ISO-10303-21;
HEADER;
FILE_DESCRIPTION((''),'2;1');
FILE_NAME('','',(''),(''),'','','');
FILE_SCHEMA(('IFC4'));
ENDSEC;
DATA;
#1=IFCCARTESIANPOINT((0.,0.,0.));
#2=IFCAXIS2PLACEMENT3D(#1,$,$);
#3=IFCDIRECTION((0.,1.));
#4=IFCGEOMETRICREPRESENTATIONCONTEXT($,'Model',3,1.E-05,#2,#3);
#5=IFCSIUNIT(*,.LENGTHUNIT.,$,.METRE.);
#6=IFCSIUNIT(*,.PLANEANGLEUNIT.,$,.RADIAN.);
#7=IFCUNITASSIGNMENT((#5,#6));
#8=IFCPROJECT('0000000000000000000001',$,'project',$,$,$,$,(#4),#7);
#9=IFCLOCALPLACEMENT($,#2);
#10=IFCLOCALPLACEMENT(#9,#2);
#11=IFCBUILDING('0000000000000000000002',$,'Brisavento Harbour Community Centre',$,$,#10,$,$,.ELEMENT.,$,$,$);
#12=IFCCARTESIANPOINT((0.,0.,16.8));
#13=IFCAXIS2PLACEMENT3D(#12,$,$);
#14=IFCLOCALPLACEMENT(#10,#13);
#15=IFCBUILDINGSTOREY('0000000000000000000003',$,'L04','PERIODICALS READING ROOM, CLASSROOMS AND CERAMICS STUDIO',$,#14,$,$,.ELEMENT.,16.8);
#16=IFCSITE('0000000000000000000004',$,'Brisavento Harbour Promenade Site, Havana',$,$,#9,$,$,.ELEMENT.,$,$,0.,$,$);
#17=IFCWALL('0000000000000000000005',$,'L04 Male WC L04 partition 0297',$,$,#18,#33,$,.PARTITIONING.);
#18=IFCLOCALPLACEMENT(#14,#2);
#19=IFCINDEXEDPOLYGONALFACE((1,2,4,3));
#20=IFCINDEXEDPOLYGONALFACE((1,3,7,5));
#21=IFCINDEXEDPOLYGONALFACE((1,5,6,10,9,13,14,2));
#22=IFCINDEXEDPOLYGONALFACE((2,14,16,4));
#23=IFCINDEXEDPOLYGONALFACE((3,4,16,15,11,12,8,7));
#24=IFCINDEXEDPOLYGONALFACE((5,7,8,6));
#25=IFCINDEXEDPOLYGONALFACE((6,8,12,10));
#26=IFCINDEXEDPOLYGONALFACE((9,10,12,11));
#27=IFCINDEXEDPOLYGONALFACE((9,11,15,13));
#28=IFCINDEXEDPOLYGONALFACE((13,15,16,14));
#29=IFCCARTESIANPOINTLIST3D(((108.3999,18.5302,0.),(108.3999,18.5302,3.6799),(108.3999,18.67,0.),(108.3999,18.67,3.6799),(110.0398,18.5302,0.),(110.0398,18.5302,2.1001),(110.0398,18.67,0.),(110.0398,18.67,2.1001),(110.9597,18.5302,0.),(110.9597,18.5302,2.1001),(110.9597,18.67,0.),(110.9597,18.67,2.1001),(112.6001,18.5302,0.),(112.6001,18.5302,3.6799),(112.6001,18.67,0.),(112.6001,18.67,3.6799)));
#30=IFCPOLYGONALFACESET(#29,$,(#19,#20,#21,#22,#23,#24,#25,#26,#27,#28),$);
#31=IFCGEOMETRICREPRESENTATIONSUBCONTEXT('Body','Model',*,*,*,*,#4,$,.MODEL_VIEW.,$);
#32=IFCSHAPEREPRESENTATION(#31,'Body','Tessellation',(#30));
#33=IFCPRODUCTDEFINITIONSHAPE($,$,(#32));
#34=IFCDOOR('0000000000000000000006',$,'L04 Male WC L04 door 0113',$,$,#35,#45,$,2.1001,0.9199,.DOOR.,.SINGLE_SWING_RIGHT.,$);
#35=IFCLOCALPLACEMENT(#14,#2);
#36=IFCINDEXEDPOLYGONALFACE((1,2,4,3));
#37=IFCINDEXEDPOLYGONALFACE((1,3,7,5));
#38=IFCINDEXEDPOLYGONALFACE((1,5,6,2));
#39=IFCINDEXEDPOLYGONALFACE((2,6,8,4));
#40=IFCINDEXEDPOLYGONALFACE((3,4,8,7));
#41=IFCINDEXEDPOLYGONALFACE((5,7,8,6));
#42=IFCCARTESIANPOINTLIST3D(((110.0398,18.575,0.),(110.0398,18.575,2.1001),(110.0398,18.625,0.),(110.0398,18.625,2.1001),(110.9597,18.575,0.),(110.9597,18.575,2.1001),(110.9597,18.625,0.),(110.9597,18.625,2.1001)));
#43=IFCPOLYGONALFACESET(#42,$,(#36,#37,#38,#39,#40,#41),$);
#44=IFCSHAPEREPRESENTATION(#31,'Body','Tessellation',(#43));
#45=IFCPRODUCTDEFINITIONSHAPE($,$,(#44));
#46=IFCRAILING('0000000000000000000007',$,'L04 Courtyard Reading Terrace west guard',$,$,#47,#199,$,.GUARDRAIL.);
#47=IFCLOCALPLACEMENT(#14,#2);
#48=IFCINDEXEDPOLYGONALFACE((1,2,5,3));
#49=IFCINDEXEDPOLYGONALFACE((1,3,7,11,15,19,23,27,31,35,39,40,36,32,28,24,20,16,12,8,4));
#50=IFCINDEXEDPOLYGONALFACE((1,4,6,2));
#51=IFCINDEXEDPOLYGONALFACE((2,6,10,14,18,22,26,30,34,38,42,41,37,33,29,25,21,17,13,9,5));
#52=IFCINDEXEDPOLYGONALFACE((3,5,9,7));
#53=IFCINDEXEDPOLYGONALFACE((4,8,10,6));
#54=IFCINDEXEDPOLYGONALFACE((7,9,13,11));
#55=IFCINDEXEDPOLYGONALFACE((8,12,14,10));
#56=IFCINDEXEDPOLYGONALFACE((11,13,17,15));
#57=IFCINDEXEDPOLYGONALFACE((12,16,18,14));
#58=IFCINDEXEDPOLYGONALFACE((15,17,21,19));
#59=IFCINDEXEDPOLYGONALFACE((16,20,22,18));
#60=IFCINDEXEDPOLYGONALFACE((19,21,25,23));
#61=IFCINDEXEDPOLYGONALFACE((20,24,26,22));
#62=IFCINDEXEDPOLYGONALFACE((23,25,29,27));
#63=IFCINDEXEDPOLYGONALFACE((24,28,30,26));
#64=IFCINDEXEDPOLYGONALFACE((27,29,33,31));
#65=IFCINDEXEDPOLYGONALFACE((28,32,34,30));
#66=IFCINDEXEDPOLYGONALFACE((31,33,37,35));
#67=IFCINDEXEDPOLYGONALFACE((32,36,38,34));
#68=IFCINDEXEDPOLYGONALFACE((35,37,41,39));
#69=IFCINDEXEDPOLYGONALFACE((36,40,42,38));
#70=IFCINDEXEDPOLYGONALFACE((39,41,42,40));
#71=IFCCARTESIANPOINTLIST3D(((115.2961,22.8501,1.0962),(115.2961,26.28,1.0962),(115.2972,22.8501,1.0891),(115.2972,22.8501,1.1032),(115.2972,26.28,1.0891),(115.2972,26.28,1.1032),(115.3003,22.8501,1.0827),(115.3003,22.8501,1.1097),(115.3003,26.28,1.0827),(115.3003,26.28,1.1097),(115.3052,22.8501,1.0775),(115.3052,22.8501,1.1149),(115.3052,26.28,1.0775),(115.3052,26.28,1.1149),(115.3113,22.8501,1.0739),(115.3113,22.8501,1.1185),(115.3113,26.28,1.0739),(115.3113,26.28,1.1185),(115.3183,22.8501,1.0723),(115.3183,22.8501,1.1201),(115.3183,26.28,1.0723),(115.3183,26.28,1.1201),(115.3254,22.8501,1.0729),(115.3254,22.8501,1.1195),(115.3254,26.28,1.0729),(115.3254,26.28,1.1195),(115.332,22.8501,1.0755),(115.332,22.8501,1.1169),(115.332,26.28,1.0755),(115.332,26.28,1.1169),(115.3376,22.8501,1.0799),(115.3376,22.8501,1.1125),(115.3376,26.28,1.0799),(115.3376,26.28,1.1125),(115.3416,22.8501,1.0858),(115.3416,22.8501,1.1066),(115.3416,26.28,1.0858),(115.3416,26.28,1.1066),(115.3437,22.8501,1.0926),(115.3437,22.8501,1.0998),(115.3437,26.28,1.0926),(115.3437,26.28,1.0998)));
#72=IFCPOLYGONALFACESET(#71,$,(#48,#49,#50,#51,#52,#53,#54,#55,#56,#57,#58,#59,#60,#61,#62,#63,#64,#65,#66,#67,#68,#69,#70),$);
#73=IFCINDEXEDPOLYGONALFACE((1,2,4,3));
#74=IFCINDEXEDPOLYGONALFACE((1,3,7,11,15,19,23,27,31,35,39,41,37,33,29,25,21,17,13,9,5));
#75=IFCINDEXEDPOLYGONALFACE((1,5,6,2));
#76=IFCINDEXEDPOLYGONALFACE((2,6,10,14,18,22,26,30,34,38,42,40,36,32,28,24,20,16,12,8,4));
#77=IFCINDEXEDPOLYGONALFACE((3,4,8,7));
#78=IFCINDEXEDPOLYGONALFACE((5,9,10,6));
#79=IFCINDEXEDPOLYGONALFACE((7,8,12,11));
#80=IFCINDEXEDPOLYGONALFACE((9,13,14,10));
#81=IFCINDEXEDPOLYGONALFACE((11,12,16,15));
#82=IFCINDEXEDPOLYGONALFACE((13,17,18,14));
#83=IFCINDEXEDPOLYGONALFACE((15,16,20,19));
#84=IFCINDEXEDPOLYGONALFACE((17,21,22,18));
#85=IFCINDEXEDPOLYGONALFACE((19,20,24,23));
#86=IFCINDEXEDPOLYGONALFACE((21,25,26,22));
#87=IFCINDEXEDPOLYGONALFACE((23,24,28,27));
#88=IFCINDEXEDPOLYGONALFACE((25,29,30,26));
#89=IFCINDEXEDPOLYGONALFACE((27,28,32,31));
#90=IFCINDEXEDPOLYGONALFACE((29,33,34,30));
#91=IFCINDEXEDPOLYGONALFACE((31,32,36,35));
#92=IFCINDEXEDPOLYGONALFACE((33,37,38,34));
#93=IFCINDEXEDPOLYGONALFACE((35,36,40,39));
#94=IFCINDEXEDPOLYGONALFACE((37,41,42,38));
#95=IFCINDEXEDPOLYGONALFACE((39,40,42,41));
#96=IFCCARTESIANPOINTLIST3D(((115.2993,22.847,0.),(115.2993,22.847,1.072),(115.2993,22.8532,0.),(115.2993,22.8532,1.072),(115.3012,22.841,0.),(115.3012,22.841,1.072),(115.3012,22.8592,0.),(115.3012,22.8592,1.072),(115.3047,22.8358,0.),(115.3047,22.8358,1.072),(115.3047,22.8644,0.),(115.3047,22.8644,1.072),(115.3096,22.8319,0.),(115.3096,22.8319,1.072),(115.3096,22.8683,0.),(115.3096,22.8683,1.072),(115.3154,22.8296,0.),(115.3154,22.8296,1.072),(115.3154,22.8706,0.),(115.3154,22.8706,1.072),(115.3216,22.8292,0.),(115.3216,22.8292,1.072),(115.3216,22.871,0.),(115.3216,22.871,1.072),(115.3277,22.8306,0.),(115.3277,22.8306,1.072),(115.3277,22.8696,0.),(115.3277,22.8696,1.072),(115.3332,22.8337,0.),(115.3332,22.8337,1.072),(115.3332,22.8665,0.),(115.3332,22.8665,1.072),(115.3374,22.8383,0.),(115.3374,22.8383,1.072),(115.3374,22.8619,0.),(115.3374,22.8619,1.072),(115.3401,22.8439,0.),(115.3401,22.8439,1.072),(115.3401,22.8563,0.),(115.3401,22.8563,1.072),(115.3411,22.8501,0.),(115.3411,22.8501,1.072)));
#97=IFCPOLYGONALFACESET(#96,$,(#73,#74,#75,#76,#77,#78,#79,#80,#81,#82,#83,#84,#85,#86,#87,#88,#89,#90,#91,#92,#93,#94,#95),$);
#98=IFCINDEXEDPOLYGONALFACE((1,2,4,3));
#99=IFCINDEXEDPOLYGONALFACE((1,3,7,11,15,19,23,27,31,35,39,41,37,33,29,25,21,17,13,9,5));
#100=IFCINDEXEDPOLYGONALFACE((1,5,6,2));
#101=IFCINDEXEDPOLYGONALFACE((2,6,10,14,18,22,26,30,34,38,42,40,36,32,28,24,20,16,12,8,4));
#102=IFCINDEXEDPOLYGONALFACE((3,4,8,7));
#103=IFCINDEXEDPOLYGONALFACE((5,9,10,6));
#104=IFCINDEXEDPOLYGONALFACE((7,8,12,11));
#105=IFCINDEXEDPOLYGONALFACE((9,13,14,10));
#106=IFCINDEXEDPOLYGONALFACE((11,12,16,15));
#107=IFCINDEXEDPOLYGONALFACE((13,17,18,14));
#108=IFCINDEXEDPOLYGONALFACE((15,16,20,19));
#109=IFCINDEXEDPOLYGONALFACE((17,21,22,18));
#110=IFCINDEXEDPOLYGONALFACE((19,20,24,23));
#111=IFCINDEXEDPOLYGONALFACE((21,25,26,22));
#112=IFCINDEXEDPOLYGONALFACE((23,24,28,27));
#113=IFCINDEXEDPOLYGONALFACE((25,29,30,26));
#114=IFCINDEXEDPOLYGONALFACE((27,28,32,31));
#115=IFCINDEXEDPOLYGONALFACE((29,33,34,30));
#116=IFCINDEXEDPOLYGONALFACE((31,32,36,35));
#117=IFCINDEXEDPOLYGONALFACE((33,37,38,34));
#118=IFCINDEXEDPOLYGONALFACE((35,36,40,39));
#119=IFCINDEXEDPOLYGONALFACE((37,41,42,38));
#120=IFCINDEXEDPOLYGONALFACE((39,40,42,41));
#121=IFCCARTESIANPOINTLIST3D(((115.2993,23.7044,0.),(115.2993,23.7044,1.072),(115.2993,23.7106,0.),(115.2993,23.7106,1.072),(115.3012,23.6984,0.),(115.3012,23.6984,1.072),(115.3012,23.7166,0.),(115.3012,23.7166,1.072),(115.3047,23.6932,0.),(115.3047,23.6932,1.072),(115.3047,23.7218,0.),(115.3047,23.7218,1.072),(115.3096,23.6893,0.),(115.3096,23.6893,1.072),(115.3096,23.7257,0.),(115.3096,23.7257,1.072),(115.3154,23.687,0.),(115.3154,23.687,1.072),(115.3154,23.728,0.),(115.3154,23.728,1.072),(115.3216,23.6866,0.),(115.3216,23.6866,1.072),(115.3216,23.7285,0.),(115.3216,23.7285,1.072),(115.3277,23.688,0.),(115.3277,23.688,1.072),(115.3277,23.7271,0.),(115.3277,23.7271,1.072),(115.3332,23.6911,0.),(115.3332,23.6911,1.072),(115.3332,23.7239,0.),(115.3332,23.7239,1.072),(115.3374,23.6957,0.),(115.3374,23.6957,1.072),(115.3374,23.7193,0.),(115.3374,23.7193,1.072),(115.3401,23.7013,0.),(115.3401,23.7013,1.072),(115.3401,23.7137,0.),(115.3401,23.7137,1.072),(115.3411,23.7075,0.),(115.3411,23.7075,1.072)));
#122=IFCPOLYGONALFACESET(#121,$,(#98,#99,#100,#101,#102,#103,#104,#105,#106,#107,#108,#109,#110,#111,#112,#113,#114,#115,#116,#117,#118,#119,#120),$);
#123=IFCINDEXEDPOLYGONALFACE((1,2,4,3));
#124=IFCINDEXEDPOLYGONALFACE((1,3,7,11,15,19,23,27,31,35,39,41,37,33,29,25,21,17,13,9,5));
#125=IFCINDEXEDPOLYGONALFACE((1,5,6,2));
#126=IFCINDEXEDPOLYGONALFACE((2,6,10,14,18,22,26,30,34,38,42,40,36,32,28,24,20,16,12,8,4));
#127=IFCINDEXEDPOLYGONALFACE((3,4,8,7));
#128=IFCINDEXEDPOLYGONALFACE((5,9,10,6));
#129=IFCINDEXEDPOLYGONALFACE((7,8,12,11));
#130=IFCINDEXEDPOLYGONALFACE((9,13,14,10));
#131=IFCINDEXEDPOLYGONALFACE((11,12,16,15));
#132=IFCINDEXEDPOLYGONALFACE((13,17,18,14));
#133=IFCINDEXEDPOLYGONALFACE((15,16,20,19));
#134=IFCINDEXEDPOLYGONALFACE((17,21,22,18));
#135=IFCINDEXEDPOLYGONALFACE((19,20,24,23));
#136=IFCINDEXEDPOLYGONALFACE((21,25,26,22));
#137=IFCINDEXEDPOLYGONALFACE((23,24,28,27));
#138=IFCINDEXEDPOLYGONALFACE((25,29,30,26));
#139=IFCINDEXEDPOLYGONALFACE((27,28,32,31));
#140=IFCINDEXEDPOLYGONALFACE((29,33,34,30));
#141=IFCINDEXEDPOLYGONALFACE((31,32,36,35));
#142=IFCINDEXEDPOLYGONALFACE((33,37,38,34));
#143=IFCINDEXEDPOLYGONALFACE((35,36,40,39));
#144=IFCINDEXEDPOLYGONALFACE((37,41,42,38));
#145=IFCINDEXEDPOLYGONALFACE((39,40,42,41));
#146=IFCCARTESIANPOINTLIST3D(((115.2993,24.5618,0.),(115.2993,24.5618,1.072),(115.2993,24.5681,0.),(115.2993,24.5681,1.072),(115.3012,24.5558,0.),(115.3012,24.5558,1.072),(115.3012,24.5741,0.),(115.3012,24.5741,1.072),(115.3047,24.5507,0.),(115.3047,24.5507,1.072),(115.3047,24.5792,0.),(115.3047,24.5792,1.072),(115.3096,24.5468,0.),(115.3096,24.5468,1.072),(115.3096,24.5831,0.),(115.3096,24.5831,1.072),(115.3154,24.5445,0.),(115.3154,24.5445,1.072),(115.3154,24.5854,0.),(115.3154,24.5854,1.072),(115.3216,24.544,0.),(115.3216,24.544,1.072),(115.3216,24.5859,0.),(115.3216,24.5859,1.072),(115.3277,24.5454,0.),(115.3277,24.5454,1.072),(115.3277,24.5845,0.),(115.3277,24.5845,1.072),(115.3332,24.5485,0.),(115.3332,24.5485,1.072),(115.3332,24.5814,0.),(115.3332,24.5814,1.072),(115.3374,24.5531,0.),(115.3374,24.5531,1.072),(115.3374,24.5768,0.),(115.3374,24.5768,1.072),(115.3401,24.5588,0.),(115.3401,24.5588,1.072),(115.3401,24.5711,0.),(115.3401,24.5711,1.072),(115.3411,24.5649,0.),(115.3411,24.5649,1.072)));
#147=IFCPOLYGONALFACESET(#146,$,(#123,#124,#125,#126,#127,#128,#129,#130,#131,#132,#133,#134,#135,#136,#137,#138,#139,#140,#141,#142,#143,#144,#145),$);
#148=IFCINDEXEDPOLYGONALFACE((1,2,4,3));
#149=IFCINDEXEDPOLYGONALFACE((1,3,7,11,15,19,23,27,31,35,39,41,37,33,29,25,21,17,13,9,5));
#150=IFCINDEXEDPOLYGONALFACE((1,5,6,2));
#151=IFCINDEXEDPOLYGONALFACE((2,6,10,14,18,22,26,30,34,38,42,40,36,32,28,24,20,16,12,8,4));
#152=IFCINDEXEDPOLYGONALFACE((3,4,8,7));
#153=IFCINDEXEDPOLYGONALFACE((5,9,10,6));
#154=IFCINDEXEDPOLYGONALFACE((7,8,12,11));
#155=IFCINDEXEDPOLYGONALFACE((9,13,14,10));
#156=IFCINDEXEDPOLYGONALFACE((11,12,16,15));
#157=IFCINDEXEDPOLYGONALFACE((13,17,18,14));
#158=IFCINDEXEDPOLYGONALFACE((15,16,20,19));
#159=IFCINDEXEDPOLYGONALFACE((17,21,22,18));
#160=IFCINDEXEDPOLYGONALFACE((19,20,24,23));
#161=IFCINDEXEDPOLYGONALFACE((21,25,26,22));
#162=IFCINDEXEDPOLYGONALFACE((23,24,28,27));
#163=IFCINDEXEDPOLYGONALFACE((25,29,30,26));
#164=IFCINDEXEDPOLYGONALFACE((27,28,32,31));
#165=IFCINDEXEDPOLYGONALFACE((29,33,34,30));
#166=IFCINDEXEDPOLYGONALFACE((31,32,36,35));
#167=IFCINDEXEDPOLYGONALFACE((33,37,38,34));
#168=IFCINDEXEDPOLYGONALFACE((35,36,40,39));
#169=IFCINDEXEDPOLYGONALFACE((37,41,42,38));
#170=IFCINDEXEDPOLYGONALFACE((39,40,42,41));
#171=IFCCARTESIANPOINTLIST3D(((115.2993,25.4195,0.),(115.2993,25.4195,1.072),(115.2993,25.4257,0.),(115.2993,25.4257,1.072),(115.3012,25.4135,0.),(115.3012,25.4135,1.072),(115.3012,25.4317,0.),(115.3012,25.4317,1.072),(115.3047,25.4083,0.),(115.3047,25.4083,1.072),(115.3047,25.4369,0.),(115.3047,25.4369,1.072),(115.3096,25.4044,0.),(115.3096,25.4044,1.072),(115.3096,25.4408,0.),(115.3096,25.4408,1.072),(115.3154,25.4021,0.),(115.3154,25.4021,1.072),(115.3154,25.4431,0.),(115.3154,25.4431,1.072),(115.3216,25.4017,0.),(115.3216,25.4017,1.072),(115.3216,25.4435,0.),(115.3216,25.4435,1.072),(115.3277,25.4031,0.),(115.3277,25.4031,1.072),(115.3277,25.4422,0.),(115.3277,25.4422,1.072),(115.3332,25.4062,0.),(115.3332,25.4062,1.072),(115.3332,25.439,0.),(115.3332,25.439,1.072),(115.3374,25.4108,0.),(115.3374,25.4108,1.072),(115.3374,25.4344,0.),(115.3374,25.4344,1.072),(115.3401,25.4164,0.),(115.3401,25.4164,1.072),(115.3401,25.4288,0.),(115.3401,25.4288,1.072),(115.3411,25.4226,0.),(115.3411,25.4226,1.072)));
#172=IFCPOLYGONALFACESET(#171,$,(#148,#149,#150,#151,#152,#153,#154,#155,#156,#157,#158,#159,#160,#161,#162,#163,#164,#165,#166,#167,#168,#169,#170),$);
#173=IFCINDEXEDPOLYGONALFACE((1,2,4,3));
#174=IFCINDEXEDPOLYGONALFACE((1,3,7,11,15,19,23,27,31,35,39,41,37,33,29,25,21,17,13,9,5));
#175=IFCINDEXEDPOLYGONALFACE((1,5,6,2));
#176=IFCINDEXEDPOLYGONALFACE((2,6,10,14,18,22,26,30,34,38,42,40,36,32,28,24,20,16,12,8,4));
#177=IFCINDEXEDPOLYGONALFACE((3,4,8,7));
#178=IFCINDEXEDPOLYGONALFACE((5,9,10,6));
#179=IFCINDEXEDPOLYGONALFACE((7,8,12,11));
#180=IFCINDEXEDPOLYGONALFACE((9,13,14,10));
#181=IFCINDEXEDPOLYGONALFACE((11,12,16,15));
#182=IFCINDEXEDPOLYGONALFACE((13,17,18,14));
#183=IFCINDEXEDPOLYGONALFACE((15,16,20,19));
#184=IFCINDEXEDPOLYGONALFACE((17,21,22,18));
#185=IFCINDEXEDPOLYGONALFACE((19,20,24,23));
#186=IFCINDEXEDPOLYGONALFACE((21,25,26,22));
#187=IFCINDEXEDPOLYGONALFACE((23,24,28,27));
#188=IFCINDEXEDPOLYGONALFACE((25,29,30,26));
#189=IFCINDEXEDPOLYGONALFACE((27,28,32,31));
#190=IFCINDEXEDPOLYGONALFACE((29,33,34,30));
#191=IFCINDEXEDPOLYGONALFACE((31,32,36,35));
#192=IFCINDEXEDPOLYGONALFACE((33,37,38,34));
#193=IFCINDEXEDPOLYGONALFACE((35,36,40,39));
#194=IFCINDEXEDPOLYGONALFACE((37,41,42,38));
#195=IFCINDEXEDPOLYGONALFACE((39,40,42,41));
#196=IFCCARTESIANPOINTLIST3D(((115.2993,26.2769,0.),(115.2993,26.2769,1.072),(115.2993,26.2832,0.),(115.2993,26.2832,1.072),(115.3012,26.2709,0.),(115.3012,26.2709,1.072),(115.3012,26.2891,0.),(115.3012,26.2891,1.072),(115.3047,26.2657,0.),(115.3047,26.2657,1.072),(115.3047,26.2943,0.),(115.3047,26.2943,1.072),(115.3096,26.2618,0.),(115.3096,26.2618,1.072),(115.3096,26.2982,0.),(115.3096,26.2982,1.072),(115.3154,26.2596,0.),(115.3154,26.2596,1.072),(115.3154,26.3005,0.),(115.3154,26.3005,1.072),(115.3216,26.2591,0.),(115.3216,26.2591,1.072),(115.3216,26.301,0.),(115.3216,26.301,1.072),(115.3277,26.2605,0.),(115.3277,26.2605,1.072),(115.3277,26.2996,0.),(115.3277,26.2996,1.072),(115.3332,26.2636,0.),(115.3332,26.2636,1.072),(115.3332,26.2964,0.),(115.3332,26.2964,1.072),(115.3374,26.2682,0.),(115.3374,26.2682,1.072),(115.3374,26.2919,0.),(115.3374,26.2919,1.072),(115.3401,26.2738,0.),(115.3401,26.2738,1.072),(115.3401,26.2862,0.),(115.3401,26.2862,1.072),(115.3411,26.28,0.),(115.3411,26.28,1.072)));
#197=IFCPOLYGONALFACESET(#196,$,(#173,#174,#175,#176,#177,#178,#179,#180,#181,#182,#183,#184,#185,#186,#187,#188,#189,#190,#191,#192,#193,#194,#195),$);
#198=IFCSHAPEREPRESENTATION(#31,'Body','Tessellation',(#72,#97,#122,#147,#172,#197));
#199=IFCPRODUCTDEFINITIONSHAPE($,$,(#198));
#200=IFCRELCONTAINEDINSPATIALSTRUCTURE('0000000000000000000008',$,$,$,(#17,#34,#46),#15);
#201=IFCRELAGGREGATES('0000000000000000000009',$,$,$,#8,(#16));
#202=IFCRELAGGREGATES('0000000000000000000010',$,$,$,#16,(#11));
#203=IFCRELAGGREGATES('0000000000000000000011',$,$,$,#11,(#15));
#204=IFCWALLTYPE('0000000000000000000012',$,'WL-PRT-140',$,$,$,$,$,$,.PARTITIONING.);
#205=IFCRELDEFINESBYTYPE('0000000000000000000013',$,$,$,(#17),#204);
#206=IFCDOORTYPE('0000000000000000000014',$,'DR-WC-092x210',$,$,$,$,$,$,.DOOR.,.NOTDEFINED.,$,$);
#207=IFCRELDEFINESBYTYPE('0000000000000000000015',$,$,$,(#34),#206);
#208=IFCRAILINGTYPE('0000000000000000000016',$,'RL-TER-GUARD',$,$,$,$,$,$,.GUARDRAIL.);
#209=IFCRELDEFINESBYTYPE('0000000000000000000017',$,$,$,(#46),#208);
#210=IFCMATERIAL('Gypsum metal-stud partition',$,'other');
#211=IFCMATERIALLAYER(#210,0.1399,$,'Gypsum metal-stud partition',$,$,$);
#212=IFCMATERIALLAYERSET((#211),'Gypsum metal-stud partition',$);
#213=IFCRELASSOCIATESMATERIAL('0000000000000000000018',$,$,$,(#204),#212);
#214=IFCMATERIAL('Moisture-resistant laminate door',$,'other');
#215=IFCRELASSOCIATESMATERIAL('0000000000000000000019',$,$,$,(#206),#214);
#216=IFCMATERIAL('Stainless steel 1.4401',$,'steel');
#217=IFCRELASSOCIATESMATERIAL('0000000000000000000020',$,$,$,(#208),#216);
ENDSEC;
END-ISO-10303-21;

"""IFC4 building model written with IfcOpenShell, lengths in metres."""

from ifc_helpers import new_model, si_unit, direction, frame, frame_2d, origin, origin_2d, place, context, subcontext, project, spatial, rectangle, circle, extrude, material, layer, layer_set, type_object, element, fill, save


model = new_model("IFC4")

# Units and contexts
model_context = context("Model", 3, precision=1e-05, world=origin(), true_north=direction((0.0, 1.0)))
body_context = subcontext(model_context, "Body", "Model", "MODEL_VIEW")
ifc_project = project(units=[si_unit("LENGTHUNIT", "METRE"), si_unit("PLANEANGLEUNIT", "RADIAN")], contexts=[model_context])

# Site, building, storey
site_placement = place(None, origin())
site = spatial("IfcSite", under=ifc_project, at=site_placement, Name="Brisavento Harbour Promenade Site, Havana", CompositionType="ELEMENT", RefElevation=0.0)
building_placement = place(site_placement, origin())
building = spatial("IfcBuilding", under=site, at=building_placement, Name="Brisavento Harbour Community Centre", CompositionType="ELEMENT")
storey_placement = place(building_placement, frame((0.0, 0.0, 16.8)))
storey = spatial("IfcBuildingStorey", under=building, at=storey_placement, Name="L04", Description="PERIODICALS READING ROOM, CLASSROOMS AND CERAMICS STUDIO", CompositionType="ELEMENT", Elevation=16.8)

# Shared definitions
ifc_material_1 = material(Name="Moisture-resistant laminate door", Category="other")

# Shared definitions
ifc_material_2 = material(Name="Gypsum metal-stud partition", Category="other")

# Wall, opening, door
ifc_layer_1 = layer(ifc_material_2, 0.1399, Name="Gypsum metal-stud partition")
ifc_layer_set_1 = layer_set([ifc_layer_1], Name="Gypsum metal-stud partition")
wall_type_1 = type_object("IfcWallType", Name="WL-PRT-140", PredefinedType="PARTITIONING", material=ifc_layer_set_1)
wall_1_placement = place(storey_placement, frame((108.3999, 18.6001, 0.0), z_axis=(0.0, 0.0, 1.0), x_axis=(1.0, 0.0, 0.0)))
wall_1 = element("IfcWall", 1, at=wall_1_placement, inside=storey, type_object=wall_type_1, Name="L04 Male WC L04 partition 0297", PredefinedType="PARTITIONING", context=body_context, shape_type="SweptSolid", body=[
    extrude(rectangle(XDim=4.2002, YDim=0.1399, at=frame_2d((2.1001, 0.0))), origin(), (0.0, 0.0, 1.0), 3.6799),
])
opening_1_placement = place(wall_1_placement, frame((1.6399, 0.0, 0.0)))
opening_1 = element("IfcOpeningElement", 2, at=opening_1_placement, cuts=wall_1, PredefinedType="OPENING", context=body_context, shape_type="SweptSolid", body=[
    extrude(rectangle(XDim=0.9199, YDim=2.1001, at=frame_2d((0.46, 1.05))), frame((0.0, 0.0801, 0.0), z_axis=(0.0, -1.0, 0.0), x_axis=(1.0, 0.0, 0.0)), (0.0, 0.0, 1.0), 0.1599),
])
door_type_1 = type_object("IfcDoorType", Name="DR-WC-092x210", OperationType="NOTDEFINED", PredefinedType="DOOR", material=ifc_material_1)
door_1_placement = place(opening_1_placement, origin())
door_1 = element("IfcDoor", 3, at=door_1_placement, inside=storey, type_object=door_type_1, Name="L04 Male WC L04 door 0113", OperationType="SINGLE_SWING_RIGHT", OverallHeight=2.1001, OverallWidth=0.9199, PredefinedType="DOOR", context=body_context, shape_type="SweptSolid", body=[
    extrude(rectangle(XDim=0.9199, YDim=2.1001, at=frame_2d((0.46, 1.05))), frame((0.0, 0.0249, 0.0), z_axis=(0.0, -1.0, 0.0), x_axis=(1.0, 0.0, 0.0)), (0.0, 0.0, 1.0), 0.05),
])
fill(opening_1, door_1)

# Railing
ifc_material_3 = material(Name="Stainless steel 1.4401", Category="steel")
railing_type = type_object("IfcRailingType", Name="RL-TER-GUARD", PredefinedType="GUARDRAIL", material=ifc_material_3)
railing_1_placement = place(storey_placement, frame((115.3201, 22.8501, 0.0)))
element("IfcRailing", 4, at=railing_1_placement, inside=storey, type_object=railing_type, Name="L04 Courtyard Reading Terrace west guard", PredefinedType="GUARDRAIL", context=body_context, shape_type="SweptSolid", body=[
    extrude(circle(Radius=0.0239, at=origin_2d()), frame((0.0, 0.0, 1.0962), z_axis=(0.0, 1.0, 0.0), x_axis=(-1.0, 0.0, 0.0)), (0.0, 0.0, 1.0), 3.4299),
    extrude(circle(Radius=0.021, at=origin_2d()), origin(), (0.0, 0.0, 1.0), 1.072),
    extrude(circle(Radius=0.021, at=origin_2d()), frame((0.0, 0.8574, 0.0)), (0.0, 0.0, 1.0), 1.072),
    extrude(circle(Radius=0.021, at=origin_2d()), frame((0.0, 1.7148, 0.0)), (0.0, 0.0, 1.0), 1.072),
    extrude(circle(Radius=0.021, at=origin_2d()), frame((0.0, 2.5725, 0.0)), (0.0, 0.0, 1.0), 1.072),
    extrude(circle(Radius=0.021, at=origin_2d()), frame((0.0, 3.4299, 0.0)), (0.0, 0.0, 1.0), 1.072),
])

save(model, "model.ifc")
